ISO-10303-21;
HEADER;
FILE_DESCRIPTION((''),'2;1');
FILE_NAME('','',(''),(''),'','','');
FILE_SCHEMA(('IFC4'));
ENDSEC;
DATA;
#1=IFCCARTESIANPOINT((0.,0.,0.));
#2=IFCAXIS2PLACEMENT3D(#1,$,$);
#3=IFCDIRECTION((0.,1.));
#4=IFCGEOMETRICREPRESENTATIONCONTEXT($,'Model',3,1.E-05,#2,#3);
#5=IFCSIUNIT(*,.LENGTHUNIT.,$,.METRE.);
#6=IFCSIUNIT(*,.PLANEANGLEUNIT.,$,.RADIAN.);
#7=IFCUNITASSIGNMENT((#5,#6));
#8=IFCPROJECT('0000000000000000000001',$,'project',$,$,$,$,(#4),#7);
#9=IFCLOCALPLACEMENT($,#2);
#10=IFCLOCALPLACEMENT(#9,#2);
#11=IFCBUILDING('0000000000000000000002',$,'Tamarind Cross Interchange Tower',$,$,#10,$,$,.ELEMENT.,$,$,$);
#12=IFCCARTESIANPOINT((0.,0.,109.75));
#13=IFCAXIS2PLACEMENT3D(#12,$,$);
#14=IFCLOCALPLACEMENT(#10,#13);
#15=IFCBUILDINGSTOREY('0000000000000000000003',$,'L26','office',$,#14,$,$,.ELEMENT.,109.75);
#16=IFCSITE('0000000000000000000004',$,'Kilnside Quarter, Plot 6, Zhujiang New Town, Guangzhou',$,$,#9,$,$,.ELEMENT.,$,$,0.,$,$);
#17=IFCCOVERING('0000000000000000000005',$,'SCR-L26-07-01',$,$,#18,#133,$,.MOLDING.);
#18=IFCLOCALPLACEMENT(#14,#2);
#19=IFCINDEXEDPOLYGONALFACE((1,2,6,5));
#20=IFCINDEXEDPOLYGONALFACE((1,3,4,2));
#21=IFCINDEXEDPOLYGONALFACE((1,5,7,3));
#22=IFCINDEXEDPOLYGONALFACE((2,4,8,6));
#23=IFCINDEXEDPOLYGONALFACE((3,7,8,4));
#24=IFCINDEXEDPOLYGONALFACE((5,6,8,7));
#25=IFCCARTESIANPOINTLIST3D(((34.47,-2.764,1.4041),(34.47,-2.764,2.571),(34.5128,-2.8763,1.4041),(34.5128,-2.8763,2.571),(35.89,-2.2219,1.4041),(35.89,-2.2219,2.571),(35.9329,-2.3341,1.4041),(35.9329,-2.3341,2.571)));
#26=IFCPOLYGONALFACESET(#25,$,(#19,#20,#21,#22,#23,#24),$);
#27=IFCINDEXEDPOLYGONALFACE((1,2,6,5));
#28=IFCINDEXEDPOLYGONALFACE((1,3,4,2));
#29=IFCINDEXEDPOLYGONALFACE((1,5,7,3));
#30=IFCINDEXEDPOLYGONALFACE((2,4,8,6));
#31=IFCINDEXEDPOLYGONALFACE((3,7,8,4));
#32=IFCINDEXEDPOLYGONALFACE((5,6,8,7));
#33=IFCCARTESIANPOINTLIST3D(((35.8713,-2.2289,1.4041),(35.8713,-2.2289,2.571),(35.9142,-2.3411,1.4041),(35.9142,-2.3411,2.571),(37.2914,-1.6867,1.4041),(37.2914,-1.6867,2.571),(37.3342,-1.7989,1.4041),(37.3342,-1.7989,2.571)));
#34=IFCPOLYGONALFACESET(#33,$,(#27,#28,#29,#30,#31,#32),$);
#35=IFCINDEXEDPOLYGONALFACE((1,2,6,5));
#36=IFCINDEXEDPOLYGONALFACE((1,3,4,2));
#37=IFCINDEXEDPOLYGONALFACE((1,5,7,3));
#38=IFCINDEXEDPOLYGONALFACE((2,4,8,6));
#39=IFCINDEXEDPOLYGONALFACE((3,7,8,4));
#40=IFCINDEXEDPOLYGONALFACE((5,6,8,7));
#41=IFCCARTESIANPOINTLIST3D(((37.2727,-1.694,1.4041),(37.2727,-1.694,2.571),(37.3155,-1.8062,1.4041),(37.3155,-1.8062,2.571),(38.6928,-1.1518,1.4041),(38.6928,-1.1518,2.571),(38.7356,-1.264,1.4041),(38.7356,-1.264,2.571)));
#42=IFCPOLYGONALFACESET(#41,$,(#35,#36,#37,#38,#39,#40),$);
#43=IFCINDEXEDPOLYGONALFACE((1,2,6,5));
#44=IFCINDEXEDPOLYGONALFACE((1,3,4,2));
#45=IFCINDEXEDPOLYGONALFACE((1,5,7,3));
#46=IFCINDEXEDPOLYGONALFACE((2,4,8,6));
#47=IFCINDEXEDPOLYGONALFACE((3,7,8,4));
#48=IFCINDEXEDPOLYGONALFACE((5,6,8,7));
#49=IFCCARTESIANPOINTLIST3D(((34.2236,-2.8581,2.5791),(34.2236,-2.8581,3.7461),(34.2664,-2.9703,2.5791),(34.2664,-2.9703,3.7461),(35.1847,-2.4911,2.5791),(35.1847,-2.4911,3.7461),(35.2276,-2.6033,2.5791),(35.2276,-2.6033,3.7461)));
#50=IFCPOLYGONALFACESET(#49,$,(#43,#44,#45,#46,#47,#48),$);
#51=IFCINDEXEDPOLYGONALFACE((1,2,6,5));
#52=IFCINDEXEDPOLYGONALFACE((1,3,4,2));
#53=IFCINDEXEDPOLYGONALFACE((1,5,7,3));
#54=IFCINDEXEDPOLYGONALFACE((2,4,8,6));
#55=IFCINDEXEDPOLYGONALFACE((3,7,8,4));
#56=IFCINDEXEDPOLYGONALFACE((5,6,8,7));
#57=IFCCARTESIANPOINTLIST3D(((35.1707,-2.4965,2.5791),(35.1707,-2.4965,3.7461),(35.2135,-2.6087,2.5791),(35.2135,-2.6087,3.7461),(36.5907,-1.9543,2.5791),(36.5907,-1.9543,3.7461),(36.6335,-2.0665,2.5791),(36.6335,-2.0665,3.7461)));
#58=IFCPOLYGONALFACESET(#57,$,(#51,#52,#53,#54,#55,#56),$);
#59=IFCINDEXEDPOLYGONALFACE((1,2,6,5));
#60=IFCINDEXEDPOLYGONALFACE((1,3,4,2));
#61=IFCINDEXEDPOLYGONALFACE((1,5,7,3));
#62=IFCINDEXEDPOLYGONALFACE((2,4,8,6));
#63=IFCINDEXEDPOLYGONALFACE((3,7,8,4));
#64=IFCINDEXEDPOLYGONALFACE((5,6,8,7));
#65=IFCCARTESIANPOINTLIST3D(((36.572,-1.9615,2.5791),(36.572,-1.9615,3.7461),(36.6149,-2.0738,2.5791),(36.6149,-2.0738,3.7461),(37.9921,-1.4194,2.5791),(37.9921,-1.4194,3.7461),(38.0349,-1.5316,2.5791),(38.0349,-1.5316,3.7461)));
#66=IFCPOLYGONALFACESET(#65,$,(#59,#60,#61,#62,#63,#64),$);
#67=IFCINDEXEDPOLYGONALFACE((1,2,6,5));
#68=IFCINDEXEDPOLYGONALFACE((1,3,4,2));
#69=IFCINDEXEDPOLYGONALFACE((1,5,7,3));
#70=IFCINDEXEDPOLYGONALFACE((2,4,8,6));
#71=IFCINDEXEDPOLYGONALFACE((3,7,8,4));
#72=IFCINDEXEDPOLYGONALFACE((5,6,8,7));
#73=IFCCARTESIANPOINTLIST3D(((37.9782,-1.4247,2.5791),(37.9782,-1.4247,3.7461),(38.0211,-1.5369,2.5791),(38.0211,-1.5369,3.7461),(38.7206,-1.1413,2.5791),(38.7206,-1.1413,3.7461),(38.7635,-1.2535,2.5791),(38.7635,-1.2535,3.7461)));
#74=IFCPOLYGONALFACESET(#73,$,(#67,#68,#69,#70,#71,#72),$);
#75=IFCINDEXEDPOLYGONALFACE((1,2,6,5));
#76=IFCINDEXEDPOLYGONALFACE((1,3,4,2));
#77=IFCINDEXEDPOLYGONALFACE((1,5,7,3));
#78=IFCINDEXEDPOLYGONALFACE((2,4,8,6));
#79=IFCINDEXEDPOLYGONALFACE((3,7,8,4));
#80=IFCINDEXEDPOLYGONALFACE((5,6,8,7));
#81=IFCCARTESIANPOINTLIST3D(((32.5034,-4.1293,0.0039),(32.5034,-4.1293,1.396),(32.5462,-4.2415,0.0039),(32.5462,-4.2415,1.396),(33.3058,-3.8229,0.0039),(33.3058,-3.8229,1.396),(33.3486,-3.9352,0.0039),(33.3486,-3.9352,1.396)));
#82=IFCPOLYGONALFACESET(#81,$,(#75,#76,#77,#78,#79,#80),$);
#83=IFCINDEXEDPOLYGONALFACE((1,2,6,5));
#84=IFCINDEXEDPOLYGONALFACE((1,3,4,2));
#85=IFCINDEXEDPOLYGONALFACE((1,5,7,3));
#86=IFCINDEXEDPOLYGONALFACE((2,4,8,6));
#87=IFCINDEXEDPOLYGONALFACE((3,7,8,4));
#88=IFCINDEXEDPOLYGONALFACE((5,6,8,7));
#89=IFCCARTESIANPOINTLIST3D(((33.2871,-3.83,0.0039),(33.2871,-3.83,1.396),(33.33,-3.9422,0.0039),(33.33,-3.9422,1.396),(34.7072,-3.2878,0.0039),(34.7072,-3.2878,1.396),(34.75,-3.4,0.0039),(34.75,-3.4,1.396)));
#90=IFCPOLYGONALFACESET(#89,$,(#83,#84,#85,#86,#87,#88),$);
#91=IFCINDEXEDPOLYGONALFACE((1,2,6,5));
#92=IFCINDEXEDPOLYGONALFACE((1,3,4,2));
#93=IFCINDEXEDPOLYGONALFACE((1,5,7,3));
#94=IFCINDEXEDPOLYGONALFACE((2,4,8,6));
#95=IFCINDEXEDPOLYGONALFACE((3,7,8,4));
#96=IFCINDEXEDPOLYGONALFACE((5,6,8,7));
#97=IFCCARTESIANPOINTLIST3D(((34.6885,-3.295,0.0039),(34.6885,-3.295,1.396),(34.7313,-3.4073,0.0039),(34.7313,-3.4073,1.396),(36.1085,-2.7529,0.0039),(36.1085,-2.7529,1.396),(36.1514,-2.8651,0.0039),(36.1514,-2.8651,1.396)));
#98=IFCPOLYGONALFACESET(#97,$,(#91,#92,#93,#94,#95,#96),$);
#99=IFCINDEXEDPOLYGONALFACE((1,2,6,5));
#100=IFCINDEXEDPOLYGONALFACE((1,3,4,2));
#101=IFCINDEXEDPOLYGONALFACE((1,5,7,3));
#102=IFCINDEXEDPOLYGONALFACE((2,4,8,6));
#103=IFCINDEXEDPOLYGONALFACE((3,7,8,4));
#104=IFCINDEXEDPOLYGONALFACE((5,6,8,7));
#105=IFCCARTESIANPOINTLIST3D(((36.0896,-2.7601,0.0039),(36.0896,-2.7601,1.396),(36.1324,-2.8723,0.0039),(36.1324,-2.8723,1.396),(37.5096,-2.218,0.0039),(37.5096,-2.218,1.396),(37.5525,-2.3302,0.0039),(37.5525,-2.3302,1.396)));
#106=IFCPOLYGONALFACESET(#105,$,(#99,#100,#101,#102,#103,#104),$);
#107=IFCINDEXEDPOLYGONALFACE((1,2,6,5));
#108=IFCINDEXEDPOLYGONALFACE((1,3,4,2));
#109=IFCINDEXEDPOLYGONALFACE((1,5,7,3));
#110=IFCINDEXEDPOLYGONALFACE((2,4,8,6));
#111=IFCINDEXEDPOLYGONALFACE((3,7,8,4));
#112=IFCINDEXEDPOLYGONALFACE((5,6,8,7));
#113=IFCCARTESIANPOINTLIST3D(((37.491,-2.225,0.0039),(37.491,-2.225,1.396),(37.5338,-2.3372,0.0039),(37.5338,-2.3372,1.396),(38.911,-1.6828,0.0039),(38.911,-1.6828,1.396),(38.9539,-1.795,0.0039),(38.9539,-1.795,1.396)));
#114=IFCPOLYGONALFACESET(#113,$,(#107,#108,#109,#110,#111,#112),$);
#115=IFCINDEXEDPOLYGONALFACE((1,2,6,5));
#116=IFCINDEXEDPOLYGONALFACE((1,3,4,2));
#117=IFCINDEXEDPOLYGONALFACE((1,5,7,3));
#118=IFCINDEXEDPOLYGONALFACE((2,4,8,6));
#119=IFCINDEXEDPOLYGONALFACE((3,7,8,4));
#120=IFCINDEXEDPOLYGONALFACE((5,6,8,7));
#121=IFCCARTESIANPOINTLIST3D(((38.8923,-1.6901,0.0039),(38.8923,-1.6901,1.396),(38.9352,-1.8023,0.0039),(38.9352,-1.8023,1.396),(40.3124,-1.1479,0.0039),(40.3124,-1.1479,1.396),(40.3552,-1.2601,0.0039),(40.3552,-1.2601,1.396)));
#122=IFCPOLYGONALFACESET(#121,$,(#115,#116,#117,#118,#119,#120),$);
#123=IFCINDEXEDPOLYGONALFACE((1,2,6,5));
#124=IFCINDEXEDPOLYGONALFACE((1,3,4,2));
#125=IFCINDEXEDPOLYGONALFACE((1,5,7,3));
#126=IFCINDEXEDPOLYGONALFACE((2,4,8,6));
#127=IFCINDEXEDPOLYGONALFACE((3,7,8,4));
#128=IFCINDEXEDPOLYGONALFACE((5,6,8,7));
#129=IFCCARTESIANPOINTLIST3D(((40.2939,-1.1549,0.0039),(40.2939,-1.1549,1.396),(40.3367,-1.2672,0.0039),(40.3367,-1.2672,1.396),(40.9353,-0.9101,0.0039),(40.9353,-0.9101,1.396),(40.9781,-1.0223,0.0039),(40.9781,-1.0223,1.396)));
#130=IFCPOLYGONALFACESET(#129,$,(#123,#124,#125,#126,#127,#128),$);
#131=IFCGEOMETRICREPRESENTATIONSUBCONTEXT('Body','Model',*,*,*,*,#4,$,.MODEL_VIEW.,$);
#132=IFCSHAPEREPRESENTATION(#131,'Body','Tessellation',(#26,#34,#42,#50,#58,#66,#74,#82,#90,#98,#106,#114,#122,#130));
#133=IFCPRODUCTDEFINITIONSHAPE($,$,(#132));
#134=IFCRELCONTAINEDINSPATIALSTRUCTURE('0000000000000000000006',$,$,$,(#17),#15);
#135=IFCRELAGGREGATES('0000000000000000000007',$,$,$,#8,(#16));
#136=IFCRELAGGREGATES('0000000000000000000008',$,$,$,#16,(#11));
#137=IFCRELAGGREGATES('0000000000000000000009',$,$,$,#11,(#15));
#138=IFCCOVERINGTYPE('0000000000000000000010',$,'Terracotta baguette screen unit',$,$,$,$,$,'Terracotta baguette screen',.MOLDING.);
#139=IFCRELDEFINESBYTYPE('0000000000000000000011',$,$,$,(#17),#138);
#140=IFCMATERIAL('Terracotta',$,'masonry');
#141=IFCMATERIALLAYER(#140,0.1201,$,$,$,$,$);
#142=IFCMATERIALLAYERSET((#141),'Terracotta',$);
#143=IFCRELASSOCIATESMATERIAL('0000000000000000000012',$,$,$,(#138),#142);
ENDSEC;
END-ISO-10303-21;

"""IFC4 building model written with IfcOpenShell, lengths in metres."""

from ifc_helpers import new_model, si_unit, direction, frame, origin, origin_2d, place, context, subcontext, project, spatial, rectangle, extrude, material, layer, layer_set, type_object, element, save


model = new_model("IFC4")

# Units and contexts
model_context = context("Model", 3, precision=1e-05, world=origin(), true_north=direction((0.0, 1.0)))
body_context = subcontext(model_context, "Body", "Model", "MODEL_VIEW")
ifc_project = project(units=[si_unit("LENGTHUNIT", "METRE"), si_unit("PLANEANGLEUNIT", "RADIAN")], contexts=[model_context])

# Site, building, storey
site_placement = place(None, origin())
site = spatial("IfcSite", under=ifc_project, at=site_placement, Name="Kilnside Quarter, Plot 6, Zhujiang New Town, Guangzhou", CompositionType="ELEMENT", RefElevation=0.0)
building_placement = place(site_placement, origin())
building = spatial("IfcBuilding", under=site, at=building_placement, Name="Tamarind Cross Interchange Tower", CompositionType="ELEMENT")
storey_placement = place(building_placement, frame((0.0, 0.0, 109.75)))
storey = spatial("IfcBuildingStorey", under=building, at=storey_placement, Name="L26", Description="office", CompositionType="ELEMENT", Elevation=109.75)

# Covering
ifc_material_1 = material(Name="Terracotta", Category="masonry")
ifc_layer_1 = layer(ifc_material_1, 0.1201)
ifc_layer_set_1 = layer_set([ifc_layer_1], Name="Terracotta")
covering_type = type_object("IfcCoveringType", Name="Terracotta baguette screen unit", ElementType="Terracotta baguette screen", PredefinedType="MOLDING", material=ifc_layer_set_1)
covering_1_placement = place(storey_placement, origin())
element("IfcCovering", 1, at=covering_1_placement, inside=storey, type_object=covering_type, Name="SCR-L26-07-01", PredefinedType="MOLDING", context=body_context, shape_type="SweptSolid", body=[
    extrude(rectangle(XDim=1.52, YDim=0.1201, at=origin_2d()), frame((35.2014, -2.5491, 1.4041), z_axis=(0.0, 0.0, 1.0), x_axis=(0.934229, 0.356673, 0.0)), (0.0, 0.0, 1.0), 1.167),
    extrude(rectangle(XDim=1.52, YDim=0.1201, at=origin_2d()), frame((36.6028, -2.0139, 1.4041), z_axis=(0.0, 0.0, 1.0), x_axis=(0.934229, 0.356673, 0.0)), (0.0, 0.0, 1.0), 1.167),
    extrude(rectangle(XDim=1.52, YDim=0.1201, at=origin_2d()), frame((38.0042, -1.479, 1.4041), z_axis=(0.0, 0.0, 1.0), x_axis=(0.934229, 0.356673, 0.0)), (0.0, 0.0, 1.0), 1.167),
    extrude(rectangle(XDim=1.0288, YDim=0.1201, at=origin_2d()), frame((34.7256, -2.7307, 2.5791), z_axis=(0.0, 0.0, 1.0), x_axis=(0.934229, 0.356673, 0.0)), (0.0, 0.0, 1.0), 1.167),
    extrude(rectangle(XDim=1.52, YDim=0.1201, at=origin_2d()), frame((35.9021, -2.2815, 2.5791), z_axis=(0.0, 0.0, 1.0), x_axis=(0.934229, 0.356673, 0.0)), (0.0, 0.0, 1.0), 1.167),
    extrude(rectangle(XDim=1.52, YDim=0.1201, at=origin_2d()), frame((37.3035, -1.7466, 2.5791), z_axis=(0.0, 0.0, 1.0), x_axis=(0.934229, 0.356673, 0.0)), (0.0, 0.0, 1.0), 1.167),
    extrude(rectangle(XDim=0.7947, YDim=0.1201, at=origin_2d()), frame((38.3708, -1.3391, 2.5791), z_axis=(0.0, 0.0, 1.0), x_axis=(0.934229, 0.356673, 0.0)), (0.0, 0.0, 1.0), 1.167),
    extrude(rectangle(XDim=0.8589, YDim=0.1201, at=origin_2d()), frame((32.926, -4.0322, 0.0039), z_axis=(0.0, 0.0, 1.0), x_axis=(0.934229, 0.356673, 0.0)), (0.0, 0.0, 1.0), 1.3921),
    extrude(rectangle(XDim=1.52, YDim=0.1201, at=origin_2d()), frame((34.0186, -3.615, 0.0039), z_axis=(0.0, 0.0, 1.0), x_axis=(0.934229, 0.356673, 0.0)), (0.0, 0.0, 1.0), 1.3921),
    extrude(rectangle(XDim=1.52, YDim=0.1201, at=origin_2d()), frame((35.4199, -3.0801, 0.0039), z_axis=(0.0, 0.0, 1.0), x_axis=(0.934229, 0.356673, 0.0)), (0.0, 0.0, 1.0), 1.3921),
    extrude(rectangle(XDim=1.52, YDim=0.1201, at=origin_2d()), frame((36.821, -2.5452, 0.0039), z_axis=(0.0, 0.0, 1.0), x_axis=(0.934229, 0.356673, 0.0)), (0.0, 0.0, 1.0), 1.3921),
    extrude(rectangle(XDim=1.52, YDim=0.1201, at=origin_2d()), frame((38.2224, -2.01, 0.0039), z_axis=(0.0, 0.0, 1.0), x_axis=(0.934229, 0.356673, 0.0)), (0.0, 0.0, 1.0), 1.3921),
    extrude(rectangle(XDim=1.52, YDim=0.1201, at=origin_2d()), frame((39.6238, -1.4751, 0.0039), z_axis=(0.0, 0.0, 1.0), x_axis=(0.934229, 0.356673, 0.0)), (0.0, 0.0, 1.0), 1.3921),
    extrude(rectangle(XDim=0.6865, YDim=0.1201, at=origin_2d()), frame((40.636, -1.0886, 0.0039), z_axis=(0.0, 0.0, 1.0), x_axis=(0.934229, 0.356673, 0.0)), (0.0, 0.0, 1.0), 1.3921),
])

save(model, "model.ifc")
